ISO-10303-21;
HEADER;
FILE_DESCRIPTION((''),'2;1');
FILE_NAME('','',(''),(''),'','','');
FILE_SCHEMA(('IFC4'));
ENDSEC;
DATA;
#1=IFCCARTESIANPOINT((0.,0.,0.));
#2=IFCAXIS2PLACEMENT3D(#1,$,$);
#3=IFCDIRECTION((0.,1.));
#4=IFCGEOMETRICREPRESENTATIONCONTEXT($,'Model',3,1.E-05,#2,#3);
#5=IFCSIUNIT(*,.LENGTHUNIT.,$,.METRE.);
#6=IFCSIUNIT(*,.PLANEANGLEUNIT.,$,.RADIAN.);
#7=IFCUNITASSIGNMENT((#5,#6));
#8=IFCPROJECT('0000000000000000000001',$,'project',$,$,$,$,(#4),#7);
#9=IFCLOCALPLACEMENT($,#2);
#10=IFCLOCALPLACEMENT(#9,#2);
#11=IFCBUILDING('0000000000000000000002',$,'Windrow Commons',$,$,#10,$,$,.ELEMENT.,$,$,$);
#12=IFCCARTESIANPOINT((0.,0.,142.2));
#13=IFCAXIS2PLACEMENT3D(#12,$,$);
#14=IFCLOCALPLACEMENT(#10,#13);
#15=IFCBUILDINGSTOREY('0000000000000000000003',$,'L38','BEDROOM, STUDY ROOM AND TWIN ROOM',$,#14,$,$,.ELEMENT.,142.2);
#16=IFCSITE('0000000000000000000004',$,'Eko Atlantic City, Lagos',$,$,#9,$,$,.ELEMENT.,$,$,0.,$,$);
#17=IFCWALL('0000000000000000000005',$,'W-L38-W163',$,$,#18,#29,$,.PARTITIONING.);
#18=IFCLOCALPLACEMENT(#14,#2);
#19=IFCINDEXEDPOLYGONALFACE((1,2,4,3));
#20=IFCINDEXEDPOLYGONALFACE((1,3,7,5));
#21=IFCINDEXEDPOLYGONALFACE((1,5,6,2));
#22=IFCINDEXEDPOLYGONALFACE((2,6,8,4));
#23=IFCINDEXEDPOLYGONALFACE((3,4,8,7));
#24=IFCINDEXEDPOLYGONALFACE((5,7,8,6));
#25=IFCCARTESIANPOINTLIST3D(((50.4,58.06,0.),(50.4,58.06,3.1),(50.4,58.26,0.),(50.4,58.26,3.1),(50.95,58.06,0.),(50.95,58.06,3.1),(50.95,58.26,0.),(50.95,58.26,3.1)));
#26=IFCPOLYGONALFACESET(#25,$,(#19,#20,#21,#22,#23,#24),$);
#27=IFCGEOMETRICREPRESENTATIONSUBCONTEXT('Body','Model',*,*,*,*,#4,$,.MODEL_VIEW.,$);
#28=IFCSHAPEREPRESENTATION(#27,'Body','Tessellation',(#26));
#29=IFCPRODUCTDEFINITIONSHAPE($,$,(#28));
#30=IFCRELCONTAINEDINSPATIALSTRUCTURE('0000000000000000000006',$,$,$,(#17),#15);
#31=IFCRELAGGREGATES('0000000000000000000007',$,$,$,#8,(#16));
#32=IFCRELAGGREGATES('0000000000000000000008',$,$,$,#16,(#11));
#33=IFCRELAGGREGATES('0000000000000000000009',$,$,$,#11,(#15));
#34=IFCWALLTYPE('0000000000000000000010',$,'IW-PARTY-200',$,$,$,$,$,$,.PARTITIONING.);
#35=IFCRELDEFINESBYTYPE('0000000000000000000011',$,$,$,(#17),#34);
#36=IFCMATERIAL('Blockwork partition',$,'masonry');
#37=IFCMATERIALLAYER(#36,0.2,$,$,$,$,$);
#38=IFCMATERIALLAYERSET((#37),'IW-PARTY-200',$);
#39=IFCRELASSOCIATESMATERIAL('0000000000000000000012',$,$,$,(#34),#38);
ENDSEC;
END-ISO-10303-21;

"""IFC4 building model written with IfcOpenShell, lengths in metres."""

from ifc_helpers import new_model, si_unit, direction, frame, frame_2d, origin, place, context, subcontext, project, spatial, rectangle, extrude, material, layer, layer_set, type_object, element, save


model = new_model("IFC4")

# Units and contexts
model_context = context("Model", 3, precision=1e-05, world=origin(), true_north=direction((0.0, 1.0)))
body_context = subcontext(model_context, "Body", "Model", "MODEL_VIEW")
ifc_project = project(units=[si_unit("LENGTHUNIT", "METRE"), si_unit("PLANEANGLEUNIT", "RADIAN")], contexts=[model_context])

# Site, building, storey
site_placement = place(None, origin())
site = spatial("IfcSite", under=ifc_project, at=site_placement, Name="Eko Atlantic City, Lagos", CompositionType="ELEMENT", RefElevation=0.0)
building_placement = place(site_placement, origin())
building = spatial("IfcBuilding", under=site, at=building_placement, Name="Windrow Commons", CompositionType="ELEMENT")
storey_placement = place(building_placement, frame((0.0, 0.0, 142.2)))
storey = spatial("IfcBuildingStorey", under=building, at=storey_placement, Name="L38", Description="BEDROOM, STUDY ROOM AND TWIN ROOM", CompositionType="ELEMENT", Elevation=142.2)

# Wall
ifc_material_1 = material(Name="Blockwork partition", Category="masonry")
ifc_layer_1 = layer(ifc_material_1, 0.2)
ifc_layer_set_1 = layer_set([ifc_layer_1], Name="IW-PARTY-200")
wall_type_1 = type_object("IfcWallType", Name="IW-PARTY-200", PredefinedType="PARTITIONING", material=ifc_layer_set_1)
for number, where, z_axis, x_axis, name in (
    (1, (50.4, 58.16, 0.0), (0.0, 0.0, 1.0), (1.0, 0.0, 0.0), "W-L38-W163"),
):
    element("IfcWall", number, at=place(storey_placement, frame(where, z_axis=z_axis, x_axis=x_axis)), inside=storey, type_object=wall_type_1, Name=name, PredefinedType="PARTITIONING", context=body_context, shape_type="SweptSolid", body=[
        extrude(rectangle(XDim=0.55, YDim=0.2, at=frame_2d((0.275, 0.0))), origin(), (0.0, 0.0, 1.0), 3.1),
    ])

save(model, "model.ifc")
